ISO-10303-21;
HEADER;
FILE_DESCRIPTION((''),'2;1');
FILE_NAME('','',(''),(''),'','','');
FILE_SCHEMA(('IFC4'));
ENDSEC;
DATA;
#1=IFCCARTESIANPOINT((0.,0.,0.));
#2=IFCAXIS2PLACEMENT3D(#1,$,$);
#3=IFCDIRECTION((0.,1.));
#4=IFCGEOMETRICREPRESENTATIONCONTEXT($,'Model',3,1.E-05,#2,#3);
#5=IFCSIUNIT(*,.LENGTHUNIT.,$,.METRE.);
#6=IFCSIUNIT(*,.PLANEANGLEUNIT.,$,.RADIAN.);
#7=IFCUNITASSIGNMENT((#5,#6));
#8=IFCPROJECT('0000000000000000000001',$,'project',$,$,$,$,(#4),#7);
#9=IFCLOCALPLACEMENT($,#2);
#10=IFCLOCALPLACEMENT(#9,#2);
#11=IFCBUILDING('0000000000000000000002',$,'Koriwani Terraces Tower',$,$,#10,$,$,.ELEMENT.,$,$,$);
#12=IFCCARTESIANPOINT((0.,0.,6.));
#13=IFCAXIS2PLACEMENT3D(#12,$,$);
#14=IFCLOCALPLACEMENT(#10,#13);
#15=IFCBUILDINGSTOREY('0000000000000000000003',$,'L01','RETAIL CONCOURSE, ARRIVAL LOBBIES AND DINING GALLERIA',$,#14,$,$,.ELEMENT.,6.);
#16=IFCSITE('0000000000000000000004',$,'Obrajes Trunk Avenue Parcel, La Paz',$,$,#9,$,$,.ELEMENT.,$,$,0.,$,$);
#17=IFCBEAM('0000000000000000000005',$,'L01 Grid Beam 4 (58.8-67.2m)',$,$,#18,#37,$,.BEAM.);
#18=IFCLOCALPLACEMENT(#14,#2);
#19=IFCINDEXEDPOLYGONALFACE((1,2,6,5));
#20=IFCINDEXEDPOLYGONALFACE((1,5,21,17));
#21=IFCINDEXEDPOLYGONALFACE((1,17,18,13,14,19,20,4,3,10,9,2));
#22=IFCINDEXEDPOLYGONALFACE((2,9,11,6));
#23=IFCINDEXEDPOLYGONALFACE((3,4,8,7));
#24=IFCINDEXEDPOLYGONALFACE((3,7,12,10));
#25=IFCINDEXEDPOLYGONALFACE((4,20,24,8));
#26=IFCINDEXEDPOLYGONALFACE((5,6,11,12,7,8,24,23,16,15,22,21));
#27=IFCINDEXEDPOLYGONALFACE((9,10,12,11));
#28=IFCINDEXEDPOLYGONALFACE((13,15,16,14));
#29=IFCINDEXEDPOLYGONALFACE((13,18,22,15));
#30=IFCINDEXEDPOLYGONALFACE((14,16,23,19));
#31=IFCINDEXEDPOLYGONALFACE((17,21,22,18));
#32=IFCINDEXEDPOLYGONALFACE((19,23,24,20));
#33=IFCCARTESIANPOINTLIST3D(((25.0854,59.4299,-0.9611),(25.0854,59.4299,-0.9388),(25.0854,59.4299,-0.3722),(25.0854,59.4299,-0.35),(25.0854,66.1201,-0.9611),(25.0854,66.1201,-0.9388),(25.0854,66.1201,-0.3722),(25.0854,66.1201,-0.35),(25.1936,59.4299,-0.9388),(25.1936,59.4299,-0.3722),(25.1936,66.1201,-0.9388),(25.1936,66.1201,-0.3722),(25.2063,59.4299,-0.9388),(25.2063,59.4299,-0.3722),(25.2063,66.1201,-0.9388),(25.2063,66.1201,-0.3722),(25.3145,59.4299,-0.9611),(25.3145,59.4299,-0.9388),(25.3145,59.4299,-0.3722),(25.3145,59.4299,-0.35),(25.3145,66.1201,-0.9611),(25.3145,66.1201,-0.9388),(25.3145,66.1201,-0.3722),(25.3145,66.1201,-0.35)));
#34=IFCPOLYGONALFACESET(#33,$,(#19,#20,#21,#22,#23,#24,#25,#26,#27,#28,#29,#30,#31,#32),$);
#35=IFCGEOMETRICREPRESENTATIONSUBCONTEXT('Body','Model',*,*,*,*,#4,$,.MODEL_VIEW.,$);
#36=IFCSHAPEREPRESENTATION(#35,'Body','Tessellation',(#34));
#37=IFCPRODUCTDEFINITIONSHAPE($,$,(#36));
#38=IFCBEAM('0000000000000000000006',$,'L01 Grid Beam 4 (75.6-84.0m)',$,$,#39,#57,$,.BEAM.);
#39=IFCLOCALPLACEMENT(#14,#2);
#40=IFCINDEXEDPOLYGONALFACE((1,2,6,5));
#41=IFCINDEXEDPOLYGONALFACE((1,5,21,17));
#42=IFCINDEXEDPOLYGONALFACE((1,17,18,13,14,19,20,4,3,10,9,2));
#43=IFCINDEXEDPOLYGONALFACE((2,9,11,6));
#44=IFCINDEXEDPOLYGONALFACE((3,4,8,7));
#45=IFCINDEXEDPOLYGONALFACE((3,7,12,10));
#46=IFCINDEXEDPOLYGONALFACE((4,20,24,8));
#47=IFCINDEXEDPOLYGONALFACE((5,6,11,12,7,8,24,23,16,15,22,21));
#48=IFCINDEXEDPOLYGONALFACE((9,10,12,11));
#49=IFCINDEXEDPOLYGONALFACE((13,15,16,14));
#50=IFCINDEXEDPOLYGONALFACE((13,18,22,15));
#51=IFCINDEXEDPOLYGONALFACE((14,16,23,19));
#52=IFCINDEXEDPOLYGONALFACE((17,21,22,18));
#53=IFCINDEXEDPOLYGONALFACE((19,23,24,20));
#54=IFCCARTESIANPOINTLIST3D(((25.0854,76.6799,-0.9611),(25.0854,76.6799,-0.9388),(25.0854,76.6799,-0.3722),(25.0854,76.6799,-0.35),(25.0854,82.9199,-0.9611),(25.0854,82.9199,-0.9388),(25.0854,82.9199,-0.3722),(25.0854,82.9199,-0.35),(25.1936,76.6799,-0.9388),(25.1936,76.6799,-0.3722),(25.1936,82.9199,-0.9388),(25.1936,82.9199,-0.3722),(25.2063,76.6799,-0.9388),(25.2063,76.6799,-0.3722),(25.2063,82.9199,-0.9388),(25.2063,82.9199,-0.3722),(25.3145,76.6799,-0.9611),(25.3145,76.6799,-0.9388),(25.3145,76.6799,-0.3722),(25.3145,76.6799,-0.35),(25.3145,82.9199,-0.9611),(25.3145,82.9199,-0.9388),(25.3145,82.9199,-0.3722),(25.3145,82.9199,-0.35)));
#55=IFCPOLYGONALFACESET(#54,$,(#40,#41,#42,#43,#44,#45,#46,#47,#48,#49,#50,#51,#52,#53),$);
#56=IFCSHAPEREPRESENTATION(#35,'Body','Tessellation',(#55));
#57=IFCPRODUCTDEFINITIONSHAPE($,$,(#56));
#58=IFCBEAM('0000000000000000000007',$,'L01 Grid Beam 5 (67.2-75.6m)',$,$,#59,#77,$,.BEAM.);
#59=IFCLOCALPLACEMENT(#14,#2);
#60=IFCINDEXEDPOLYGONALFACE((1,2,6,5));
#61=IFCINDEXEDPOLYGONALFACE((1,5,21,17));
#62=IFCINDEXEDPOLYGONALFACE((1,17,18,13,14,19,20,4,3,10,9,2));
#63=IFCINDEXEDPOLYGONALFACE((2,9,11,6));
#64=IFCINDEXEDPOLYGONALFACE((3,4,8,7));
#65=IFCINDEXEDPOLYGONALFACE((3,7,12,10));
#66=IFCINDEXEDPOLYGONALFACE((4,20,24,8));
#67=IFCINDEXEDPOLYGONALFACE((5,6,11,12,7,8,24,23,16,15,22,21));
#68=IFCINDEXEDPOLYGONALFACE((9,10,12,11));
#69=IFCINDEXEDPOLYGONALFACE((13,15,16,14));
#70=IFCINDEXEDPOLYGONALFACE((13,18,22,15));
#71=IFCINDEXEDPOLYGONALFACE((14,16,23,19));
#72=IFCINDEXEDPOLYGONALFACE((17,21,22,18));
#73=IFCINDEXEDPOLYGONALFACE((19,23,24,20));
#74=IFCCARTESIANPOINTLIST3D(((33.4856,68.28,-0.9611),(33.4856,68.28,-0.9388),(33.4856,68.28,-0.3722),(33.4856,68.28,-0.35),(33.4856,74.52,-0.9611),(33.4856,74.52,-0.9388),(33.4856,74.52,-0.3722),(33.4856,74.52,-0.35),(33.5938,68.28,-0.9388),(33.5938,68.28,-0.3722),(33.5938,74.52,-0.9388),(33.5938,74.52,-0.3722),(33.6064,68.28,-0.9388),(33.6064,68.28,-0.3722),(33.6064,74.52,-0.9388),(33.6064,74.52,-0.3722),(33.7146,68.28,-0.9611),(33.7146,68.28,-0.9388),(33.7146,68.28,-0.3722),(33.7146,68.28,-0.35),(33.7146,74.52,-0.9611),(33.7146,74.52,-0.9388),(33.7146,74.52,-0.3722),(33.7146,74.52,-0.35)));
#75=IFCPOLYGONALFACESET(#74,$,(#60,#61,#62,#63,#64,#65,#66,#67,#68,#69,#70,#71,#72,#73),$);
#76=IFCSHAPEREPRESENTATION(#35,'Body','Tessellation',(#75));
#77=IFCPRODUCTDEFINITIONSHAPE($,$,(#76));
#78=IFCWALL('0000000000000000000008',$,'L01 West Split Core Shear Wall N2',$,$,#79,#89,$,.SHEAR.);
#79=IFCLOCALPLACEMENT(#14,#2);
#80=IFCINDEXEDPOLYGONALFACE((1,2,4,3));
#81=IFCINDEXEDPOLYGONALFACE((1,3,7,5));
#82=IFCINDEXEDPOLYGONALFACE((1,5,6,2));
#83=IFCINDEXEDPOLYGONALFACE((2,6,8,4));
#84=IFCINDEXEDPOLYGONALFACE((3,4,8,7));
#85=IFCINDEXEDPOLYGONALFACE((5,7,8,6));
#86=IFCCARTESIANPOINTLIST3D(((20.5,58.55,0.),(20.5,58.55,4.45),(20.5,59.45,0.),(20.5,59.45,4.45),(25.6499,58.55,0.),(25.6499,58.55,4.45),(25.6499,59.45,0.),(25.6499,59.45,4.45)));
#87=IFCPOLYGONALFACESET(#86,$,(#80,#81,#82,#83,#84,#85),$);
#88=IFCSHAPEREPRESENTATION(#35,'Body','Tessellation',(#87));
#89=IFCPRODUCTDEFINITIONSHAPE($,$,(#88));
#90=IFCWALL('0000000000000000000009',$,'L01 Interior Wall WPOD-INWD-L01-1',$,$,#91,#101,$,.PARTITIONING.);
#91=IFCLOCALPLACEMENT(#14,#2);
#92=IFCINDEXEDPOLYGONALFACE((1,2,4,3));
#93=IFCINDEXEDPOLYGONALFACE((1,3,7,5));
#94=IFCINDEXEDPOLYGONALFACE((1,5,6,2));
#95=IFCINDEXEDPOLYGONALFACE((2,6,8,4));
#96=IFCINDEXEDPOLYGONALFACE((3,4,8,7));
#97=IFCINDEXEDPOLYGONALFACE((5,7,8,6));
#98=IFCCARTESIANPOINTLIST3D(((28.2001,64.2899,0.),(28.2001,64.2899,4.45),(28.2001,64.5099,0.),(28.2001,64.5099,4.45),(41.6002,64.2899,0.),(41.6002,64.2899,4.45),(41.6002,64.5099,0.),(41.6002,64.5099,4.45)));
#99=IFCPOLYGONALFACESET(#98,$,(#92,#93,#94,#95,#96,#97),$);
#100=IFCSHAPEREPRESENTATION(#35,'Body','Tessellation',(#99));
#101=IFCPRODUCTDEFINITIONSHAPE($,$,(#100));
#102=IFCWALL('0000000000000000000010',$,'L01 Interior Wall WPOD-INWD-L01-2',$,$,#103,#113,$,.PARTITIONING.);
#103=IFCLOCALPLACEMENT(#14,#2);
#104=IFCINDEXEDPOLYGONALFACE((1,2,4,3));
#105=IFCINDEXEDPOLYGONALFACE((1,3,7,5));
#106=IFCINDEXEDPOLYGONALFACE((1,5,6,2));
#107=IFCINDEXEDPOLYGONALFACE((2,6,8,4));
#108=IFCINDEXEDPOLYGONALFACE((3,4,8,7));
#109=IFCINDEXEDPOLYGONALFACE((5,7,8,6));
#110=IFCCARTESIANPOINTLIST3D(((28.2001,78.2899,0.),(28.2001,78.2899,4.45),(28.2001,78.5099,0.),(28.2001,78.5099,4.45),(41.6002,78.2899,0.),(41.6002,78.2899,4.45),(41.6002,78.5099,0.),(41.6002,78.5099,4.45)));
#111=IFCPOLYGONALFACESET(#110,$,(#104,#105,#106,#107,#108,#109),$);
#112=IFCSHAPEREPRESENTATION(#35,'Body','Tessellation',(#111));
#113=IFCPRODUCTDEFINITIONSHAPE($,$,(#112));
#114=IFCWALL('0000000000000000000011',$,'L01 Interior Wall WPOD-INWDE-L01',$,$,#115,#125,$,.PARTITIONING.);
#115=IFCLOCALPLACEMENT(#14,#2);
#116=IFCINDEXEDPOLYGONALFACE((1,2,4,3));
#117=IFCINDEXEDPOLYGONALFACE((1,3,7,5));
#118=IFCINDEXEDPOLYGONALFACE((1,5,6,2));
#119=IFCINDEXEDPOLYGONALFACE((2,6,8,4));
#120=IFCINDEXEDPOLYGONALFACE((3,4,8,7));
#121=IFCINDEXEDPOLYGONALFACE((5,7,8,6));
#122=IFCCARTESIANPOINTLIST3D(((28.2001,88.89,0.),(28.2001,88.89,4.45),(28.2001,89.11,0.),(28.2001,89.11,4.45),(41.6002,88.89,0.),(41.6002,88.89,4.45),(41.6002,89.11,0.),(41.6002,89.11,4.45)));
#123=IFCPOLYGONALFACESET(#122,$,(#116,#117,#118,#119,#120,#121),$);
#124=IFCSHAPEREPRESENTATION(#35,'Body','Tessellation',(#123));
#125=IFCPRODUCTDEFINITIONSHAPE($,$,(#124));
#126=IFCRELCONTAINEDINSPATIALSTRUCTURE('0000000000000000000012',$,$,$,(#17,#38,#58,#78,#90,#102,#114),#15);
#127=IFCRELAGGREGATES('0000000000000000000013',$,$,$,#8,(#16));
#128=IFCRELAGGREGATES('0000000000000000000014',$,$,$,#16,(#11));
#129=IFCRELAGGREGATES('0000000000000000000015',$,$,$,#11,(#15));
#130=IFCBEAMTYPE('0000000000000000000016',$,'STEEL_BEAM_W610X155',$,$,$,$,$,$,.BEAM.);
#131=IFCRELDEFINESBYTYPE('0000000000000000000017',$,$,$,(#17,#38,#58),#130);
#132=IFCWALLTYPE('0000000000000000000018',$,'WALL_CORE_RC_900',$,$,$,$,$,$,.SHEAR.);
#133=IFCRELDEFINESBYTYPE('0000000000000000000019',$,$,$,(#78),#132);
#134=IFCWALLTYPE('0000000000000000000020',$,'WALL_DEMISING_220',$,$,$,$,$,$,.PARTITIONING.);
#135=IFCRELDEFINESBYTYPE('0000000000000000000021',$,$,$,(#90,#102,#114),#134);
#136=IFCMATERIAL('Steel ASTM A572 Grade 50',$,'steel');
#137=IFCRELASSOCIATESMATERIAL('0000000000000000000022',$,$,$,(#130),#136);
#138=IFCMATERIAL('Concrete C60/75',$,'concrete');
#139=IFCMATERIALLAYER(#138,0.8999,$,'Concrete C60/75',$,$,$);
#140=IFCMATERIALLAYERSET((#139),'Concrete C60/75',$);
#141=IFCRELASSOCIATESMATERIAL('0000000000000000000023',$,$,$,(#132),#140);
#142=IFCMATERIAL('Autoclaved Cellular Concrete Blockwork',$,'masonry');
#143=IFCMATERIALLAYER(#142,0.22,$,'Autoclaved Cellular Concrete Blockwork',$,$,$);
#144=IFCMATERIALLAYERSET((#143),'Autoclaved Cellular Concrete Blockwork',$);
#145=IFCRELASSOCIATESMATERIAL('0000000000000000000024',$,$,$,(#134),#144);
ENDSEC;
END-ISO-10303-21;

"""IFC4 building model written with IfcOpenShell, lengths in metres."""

from ifc_helpers import new_model, si_unit, direction, frame, frame_2d, origin, origin_2d, place, context, subcontext, project, spatial, rectangle, i_section, extrude, material, layer, layer_set, material_profile, profile_set, type_object, element, save


model = new_model("IFC4")

# Units and contexts
model_context = context("Model", 3, precision=1e-05, world=origin(), true_north=direction((0.0, 1.0)))
body_context = subcontext(model_context, "Body", "Model", "MODEL_VIEW")
ifc_project = project(units=[si_unit("LENGTHUNIT", "METRE"), si_unit("PLANEANGLEUNIT", "RADIAN")], contexts=[model_context])

# Site, building, storey
site_placement = place(None, origin())
site = spatial("IfcSite", under=ifc_project, at=site_placement, Name="Obrajes Trunk Avenue Parcel, La Paz", CompositionType="ELEMENT", RefElevation=0.0)
building_placement = place(site_placement, origin())
building = spatial("IfcBuilding", under=site, at=building_placement, Name="Koriwani Terraces Tower", CompositionType="ELEMENT")
storey_placement = place(building_placement, frame((0.0, 0.0, 6.0)))
storey = spatial("IfcBuildingStorey", under=building, at=storey_placement, Name="L01", Description="RETAIL CONCOURSE, ARRIVAL LOBBIES AND DINING GALLERIA", CompositionType="ELEMENT", Elevation=6.0)

# Shared definitions
ifc_material_1 = material(Name="Concrete C60/75", Category="concrete")

# Beams
ifc_material_2 = material(Name="Steel ASTM A572 Grade 50", Category="steel")
ifc_material_profile_1 = material_profile(ifc_material_2, i_section(OverallWidth=0.229, OverallDepth=0.6111, WebThickness=0.0127, FlangeThickness=0.0222, at=origin_2d()), Name="Steel ASTM A572 Grade 50", Category="LoadBearing")
ifc_profile_set_1 = profile_set([ifc_material_profile_1], Name="Steel ASTM A572 Grade 50")
beam_type_1 = type_object("IfcBeamType", Name="STEEL_BEAM_W610X155", PredefinedType="BEAM", material=ifc_profile_set_1)
beam_1_placement = place(storey_placement, frame((25.2, 59.4299, -0.6555), z_axis=(0.0, 1.0, 0.0), x_axis=(-1.0, 0.0, 0.0)))
element("IfcBeam", 1, at=beam_1_placement, inside=storey, type_object=beam_type_1, Name="L01 Grid Beam 4 (58.8-67.2m)", PredefinedType="BEAM", context=body_context, shape_type="SweptSolid", body=[
    extrude(i_section(OverallWidth=0.229, OverallDepth=0.6111, WebThickness=0.0127, FlangeThickness=0.0222, at=origin_2d()), origin(), (0.0, 0.0, 1.0), 6.6902),
])
for number, where, z_axis, x_axis, name in (
    (2, (25.2, 76.6799, -0.6555), (0.0, 1.0, 0.0), (-1.0, 0.0, 0.0), "L01 Grid Beam 4 (75.6-84.0m)"),
    (3, (33.6001, 68.28, -0.6555), (0.0, 1.0, 0.0), (-1.0, 0.0, 0.0), "L01 Grid Beam 5 (67.2-75.6m)"),
):
    element("IfcBeam", number, at=place(storey_placement, frame(where, z_axis=z_axis, x_axis=x_axis)), inside=storey, type_object=beam_type_1, Name=name, PredefinedType="BEAM", context=body_context, shape_type="SweptSolid", body=[
        extrude(i_section(OverallWidth=0.229, OverallDepth=0.6111, WebThickness=0.0127, FlangeThickness=0.0222, at=origin_2d()), origin(), (0.0, 0.0, 1.0), 6.24),
    ])

# Walls
ifc_layer_1 = layer(ifc_material_1, 0.8999, Name="Concrete C60/75")
ifc_layer_set_1 = layer_set([ifc_layer_1], Name="Concrete C60/75")
wall_type_1 = type_object("IfcWallType", Name="WALL_CORE_RC_900", PredefinedType="SHEAR", material=ifc_layer_set_1)
wall_placement = place(storey_placement, frame((20.5, 59.0, 0.0), z_axis=(0.0, 0.0, 1.0), x_axis=(1.0, 0.0, 0.0)))
element("IfcWall", 4, at=wall_placement, inside=storey, type_object=wall_type_1, Name="L01 West Split Core Shear Wall N2", PredefinedType="SHEAR", context=body_context, shape_type="SweptSolid", body=[
    extrude(rectangle(XDim=5.1499, YDim=0.8999, at=frame_2d((2.575, 0.0))), origin(), (0.0, 0.0, 1.0), 4.45),
])
ifc_material_3 = material(Name="Autoclaved Cellular Concrete Blockwork", Category="masonry")
ifc_layer_2 = layer(ifc_material_3, 0.22, Name="Autoclaved Cellular Concrete Blockwork")
ifc_layer_set_2 = layer_set([ifc_layer_2], Name="Autoclaved Cellular Concrete Blockwork")
wall_type_2 = type_object("IfcWallType", Name="WALL_DEMISING_220", PredefinedType="PARTITIONING", material=ifc_layer_set_2)
for number, where, z_axis, x_axis, name in (
    (5, (28.2, 64.3999, 0.0), (0.0, 0.0, 1.0), (1.0, 0.0, 0.0), "L01 Interior Wall WPOD-INWD-L01-1"),
    (6, (28.2, 78.3999, 0.0), (0.0, 0.0, 1.0), (1.0, 0.0, 0.0), "L01 Interior Wall WPOD-INWD-L01-2"),
    (7, (28.2, 89.0, 0.0), (0.0, 0.0, 1.0), (1.0, 0.0, 0.0), "L01 Interior Wall WPOD-INWDE-L01"),
):
    element("IfcWall", number, at=place(storey_placement, frame(where, z_axis=z_axis, x_axis=x_axis)), inside=storey, type_object=wall_type_2, Name=name, PredefinedType="PARTITIONING", context=body_context, shape_type="SweptSolid", body=[
        extrude(rectangle(XDim=13.4001, YDim=0.22, at=frame_2d((6.7002, 0.0))), origin(), (0.0, 0.0, 1.0), 4.45),
    ])

save(model, "model.ifc")
